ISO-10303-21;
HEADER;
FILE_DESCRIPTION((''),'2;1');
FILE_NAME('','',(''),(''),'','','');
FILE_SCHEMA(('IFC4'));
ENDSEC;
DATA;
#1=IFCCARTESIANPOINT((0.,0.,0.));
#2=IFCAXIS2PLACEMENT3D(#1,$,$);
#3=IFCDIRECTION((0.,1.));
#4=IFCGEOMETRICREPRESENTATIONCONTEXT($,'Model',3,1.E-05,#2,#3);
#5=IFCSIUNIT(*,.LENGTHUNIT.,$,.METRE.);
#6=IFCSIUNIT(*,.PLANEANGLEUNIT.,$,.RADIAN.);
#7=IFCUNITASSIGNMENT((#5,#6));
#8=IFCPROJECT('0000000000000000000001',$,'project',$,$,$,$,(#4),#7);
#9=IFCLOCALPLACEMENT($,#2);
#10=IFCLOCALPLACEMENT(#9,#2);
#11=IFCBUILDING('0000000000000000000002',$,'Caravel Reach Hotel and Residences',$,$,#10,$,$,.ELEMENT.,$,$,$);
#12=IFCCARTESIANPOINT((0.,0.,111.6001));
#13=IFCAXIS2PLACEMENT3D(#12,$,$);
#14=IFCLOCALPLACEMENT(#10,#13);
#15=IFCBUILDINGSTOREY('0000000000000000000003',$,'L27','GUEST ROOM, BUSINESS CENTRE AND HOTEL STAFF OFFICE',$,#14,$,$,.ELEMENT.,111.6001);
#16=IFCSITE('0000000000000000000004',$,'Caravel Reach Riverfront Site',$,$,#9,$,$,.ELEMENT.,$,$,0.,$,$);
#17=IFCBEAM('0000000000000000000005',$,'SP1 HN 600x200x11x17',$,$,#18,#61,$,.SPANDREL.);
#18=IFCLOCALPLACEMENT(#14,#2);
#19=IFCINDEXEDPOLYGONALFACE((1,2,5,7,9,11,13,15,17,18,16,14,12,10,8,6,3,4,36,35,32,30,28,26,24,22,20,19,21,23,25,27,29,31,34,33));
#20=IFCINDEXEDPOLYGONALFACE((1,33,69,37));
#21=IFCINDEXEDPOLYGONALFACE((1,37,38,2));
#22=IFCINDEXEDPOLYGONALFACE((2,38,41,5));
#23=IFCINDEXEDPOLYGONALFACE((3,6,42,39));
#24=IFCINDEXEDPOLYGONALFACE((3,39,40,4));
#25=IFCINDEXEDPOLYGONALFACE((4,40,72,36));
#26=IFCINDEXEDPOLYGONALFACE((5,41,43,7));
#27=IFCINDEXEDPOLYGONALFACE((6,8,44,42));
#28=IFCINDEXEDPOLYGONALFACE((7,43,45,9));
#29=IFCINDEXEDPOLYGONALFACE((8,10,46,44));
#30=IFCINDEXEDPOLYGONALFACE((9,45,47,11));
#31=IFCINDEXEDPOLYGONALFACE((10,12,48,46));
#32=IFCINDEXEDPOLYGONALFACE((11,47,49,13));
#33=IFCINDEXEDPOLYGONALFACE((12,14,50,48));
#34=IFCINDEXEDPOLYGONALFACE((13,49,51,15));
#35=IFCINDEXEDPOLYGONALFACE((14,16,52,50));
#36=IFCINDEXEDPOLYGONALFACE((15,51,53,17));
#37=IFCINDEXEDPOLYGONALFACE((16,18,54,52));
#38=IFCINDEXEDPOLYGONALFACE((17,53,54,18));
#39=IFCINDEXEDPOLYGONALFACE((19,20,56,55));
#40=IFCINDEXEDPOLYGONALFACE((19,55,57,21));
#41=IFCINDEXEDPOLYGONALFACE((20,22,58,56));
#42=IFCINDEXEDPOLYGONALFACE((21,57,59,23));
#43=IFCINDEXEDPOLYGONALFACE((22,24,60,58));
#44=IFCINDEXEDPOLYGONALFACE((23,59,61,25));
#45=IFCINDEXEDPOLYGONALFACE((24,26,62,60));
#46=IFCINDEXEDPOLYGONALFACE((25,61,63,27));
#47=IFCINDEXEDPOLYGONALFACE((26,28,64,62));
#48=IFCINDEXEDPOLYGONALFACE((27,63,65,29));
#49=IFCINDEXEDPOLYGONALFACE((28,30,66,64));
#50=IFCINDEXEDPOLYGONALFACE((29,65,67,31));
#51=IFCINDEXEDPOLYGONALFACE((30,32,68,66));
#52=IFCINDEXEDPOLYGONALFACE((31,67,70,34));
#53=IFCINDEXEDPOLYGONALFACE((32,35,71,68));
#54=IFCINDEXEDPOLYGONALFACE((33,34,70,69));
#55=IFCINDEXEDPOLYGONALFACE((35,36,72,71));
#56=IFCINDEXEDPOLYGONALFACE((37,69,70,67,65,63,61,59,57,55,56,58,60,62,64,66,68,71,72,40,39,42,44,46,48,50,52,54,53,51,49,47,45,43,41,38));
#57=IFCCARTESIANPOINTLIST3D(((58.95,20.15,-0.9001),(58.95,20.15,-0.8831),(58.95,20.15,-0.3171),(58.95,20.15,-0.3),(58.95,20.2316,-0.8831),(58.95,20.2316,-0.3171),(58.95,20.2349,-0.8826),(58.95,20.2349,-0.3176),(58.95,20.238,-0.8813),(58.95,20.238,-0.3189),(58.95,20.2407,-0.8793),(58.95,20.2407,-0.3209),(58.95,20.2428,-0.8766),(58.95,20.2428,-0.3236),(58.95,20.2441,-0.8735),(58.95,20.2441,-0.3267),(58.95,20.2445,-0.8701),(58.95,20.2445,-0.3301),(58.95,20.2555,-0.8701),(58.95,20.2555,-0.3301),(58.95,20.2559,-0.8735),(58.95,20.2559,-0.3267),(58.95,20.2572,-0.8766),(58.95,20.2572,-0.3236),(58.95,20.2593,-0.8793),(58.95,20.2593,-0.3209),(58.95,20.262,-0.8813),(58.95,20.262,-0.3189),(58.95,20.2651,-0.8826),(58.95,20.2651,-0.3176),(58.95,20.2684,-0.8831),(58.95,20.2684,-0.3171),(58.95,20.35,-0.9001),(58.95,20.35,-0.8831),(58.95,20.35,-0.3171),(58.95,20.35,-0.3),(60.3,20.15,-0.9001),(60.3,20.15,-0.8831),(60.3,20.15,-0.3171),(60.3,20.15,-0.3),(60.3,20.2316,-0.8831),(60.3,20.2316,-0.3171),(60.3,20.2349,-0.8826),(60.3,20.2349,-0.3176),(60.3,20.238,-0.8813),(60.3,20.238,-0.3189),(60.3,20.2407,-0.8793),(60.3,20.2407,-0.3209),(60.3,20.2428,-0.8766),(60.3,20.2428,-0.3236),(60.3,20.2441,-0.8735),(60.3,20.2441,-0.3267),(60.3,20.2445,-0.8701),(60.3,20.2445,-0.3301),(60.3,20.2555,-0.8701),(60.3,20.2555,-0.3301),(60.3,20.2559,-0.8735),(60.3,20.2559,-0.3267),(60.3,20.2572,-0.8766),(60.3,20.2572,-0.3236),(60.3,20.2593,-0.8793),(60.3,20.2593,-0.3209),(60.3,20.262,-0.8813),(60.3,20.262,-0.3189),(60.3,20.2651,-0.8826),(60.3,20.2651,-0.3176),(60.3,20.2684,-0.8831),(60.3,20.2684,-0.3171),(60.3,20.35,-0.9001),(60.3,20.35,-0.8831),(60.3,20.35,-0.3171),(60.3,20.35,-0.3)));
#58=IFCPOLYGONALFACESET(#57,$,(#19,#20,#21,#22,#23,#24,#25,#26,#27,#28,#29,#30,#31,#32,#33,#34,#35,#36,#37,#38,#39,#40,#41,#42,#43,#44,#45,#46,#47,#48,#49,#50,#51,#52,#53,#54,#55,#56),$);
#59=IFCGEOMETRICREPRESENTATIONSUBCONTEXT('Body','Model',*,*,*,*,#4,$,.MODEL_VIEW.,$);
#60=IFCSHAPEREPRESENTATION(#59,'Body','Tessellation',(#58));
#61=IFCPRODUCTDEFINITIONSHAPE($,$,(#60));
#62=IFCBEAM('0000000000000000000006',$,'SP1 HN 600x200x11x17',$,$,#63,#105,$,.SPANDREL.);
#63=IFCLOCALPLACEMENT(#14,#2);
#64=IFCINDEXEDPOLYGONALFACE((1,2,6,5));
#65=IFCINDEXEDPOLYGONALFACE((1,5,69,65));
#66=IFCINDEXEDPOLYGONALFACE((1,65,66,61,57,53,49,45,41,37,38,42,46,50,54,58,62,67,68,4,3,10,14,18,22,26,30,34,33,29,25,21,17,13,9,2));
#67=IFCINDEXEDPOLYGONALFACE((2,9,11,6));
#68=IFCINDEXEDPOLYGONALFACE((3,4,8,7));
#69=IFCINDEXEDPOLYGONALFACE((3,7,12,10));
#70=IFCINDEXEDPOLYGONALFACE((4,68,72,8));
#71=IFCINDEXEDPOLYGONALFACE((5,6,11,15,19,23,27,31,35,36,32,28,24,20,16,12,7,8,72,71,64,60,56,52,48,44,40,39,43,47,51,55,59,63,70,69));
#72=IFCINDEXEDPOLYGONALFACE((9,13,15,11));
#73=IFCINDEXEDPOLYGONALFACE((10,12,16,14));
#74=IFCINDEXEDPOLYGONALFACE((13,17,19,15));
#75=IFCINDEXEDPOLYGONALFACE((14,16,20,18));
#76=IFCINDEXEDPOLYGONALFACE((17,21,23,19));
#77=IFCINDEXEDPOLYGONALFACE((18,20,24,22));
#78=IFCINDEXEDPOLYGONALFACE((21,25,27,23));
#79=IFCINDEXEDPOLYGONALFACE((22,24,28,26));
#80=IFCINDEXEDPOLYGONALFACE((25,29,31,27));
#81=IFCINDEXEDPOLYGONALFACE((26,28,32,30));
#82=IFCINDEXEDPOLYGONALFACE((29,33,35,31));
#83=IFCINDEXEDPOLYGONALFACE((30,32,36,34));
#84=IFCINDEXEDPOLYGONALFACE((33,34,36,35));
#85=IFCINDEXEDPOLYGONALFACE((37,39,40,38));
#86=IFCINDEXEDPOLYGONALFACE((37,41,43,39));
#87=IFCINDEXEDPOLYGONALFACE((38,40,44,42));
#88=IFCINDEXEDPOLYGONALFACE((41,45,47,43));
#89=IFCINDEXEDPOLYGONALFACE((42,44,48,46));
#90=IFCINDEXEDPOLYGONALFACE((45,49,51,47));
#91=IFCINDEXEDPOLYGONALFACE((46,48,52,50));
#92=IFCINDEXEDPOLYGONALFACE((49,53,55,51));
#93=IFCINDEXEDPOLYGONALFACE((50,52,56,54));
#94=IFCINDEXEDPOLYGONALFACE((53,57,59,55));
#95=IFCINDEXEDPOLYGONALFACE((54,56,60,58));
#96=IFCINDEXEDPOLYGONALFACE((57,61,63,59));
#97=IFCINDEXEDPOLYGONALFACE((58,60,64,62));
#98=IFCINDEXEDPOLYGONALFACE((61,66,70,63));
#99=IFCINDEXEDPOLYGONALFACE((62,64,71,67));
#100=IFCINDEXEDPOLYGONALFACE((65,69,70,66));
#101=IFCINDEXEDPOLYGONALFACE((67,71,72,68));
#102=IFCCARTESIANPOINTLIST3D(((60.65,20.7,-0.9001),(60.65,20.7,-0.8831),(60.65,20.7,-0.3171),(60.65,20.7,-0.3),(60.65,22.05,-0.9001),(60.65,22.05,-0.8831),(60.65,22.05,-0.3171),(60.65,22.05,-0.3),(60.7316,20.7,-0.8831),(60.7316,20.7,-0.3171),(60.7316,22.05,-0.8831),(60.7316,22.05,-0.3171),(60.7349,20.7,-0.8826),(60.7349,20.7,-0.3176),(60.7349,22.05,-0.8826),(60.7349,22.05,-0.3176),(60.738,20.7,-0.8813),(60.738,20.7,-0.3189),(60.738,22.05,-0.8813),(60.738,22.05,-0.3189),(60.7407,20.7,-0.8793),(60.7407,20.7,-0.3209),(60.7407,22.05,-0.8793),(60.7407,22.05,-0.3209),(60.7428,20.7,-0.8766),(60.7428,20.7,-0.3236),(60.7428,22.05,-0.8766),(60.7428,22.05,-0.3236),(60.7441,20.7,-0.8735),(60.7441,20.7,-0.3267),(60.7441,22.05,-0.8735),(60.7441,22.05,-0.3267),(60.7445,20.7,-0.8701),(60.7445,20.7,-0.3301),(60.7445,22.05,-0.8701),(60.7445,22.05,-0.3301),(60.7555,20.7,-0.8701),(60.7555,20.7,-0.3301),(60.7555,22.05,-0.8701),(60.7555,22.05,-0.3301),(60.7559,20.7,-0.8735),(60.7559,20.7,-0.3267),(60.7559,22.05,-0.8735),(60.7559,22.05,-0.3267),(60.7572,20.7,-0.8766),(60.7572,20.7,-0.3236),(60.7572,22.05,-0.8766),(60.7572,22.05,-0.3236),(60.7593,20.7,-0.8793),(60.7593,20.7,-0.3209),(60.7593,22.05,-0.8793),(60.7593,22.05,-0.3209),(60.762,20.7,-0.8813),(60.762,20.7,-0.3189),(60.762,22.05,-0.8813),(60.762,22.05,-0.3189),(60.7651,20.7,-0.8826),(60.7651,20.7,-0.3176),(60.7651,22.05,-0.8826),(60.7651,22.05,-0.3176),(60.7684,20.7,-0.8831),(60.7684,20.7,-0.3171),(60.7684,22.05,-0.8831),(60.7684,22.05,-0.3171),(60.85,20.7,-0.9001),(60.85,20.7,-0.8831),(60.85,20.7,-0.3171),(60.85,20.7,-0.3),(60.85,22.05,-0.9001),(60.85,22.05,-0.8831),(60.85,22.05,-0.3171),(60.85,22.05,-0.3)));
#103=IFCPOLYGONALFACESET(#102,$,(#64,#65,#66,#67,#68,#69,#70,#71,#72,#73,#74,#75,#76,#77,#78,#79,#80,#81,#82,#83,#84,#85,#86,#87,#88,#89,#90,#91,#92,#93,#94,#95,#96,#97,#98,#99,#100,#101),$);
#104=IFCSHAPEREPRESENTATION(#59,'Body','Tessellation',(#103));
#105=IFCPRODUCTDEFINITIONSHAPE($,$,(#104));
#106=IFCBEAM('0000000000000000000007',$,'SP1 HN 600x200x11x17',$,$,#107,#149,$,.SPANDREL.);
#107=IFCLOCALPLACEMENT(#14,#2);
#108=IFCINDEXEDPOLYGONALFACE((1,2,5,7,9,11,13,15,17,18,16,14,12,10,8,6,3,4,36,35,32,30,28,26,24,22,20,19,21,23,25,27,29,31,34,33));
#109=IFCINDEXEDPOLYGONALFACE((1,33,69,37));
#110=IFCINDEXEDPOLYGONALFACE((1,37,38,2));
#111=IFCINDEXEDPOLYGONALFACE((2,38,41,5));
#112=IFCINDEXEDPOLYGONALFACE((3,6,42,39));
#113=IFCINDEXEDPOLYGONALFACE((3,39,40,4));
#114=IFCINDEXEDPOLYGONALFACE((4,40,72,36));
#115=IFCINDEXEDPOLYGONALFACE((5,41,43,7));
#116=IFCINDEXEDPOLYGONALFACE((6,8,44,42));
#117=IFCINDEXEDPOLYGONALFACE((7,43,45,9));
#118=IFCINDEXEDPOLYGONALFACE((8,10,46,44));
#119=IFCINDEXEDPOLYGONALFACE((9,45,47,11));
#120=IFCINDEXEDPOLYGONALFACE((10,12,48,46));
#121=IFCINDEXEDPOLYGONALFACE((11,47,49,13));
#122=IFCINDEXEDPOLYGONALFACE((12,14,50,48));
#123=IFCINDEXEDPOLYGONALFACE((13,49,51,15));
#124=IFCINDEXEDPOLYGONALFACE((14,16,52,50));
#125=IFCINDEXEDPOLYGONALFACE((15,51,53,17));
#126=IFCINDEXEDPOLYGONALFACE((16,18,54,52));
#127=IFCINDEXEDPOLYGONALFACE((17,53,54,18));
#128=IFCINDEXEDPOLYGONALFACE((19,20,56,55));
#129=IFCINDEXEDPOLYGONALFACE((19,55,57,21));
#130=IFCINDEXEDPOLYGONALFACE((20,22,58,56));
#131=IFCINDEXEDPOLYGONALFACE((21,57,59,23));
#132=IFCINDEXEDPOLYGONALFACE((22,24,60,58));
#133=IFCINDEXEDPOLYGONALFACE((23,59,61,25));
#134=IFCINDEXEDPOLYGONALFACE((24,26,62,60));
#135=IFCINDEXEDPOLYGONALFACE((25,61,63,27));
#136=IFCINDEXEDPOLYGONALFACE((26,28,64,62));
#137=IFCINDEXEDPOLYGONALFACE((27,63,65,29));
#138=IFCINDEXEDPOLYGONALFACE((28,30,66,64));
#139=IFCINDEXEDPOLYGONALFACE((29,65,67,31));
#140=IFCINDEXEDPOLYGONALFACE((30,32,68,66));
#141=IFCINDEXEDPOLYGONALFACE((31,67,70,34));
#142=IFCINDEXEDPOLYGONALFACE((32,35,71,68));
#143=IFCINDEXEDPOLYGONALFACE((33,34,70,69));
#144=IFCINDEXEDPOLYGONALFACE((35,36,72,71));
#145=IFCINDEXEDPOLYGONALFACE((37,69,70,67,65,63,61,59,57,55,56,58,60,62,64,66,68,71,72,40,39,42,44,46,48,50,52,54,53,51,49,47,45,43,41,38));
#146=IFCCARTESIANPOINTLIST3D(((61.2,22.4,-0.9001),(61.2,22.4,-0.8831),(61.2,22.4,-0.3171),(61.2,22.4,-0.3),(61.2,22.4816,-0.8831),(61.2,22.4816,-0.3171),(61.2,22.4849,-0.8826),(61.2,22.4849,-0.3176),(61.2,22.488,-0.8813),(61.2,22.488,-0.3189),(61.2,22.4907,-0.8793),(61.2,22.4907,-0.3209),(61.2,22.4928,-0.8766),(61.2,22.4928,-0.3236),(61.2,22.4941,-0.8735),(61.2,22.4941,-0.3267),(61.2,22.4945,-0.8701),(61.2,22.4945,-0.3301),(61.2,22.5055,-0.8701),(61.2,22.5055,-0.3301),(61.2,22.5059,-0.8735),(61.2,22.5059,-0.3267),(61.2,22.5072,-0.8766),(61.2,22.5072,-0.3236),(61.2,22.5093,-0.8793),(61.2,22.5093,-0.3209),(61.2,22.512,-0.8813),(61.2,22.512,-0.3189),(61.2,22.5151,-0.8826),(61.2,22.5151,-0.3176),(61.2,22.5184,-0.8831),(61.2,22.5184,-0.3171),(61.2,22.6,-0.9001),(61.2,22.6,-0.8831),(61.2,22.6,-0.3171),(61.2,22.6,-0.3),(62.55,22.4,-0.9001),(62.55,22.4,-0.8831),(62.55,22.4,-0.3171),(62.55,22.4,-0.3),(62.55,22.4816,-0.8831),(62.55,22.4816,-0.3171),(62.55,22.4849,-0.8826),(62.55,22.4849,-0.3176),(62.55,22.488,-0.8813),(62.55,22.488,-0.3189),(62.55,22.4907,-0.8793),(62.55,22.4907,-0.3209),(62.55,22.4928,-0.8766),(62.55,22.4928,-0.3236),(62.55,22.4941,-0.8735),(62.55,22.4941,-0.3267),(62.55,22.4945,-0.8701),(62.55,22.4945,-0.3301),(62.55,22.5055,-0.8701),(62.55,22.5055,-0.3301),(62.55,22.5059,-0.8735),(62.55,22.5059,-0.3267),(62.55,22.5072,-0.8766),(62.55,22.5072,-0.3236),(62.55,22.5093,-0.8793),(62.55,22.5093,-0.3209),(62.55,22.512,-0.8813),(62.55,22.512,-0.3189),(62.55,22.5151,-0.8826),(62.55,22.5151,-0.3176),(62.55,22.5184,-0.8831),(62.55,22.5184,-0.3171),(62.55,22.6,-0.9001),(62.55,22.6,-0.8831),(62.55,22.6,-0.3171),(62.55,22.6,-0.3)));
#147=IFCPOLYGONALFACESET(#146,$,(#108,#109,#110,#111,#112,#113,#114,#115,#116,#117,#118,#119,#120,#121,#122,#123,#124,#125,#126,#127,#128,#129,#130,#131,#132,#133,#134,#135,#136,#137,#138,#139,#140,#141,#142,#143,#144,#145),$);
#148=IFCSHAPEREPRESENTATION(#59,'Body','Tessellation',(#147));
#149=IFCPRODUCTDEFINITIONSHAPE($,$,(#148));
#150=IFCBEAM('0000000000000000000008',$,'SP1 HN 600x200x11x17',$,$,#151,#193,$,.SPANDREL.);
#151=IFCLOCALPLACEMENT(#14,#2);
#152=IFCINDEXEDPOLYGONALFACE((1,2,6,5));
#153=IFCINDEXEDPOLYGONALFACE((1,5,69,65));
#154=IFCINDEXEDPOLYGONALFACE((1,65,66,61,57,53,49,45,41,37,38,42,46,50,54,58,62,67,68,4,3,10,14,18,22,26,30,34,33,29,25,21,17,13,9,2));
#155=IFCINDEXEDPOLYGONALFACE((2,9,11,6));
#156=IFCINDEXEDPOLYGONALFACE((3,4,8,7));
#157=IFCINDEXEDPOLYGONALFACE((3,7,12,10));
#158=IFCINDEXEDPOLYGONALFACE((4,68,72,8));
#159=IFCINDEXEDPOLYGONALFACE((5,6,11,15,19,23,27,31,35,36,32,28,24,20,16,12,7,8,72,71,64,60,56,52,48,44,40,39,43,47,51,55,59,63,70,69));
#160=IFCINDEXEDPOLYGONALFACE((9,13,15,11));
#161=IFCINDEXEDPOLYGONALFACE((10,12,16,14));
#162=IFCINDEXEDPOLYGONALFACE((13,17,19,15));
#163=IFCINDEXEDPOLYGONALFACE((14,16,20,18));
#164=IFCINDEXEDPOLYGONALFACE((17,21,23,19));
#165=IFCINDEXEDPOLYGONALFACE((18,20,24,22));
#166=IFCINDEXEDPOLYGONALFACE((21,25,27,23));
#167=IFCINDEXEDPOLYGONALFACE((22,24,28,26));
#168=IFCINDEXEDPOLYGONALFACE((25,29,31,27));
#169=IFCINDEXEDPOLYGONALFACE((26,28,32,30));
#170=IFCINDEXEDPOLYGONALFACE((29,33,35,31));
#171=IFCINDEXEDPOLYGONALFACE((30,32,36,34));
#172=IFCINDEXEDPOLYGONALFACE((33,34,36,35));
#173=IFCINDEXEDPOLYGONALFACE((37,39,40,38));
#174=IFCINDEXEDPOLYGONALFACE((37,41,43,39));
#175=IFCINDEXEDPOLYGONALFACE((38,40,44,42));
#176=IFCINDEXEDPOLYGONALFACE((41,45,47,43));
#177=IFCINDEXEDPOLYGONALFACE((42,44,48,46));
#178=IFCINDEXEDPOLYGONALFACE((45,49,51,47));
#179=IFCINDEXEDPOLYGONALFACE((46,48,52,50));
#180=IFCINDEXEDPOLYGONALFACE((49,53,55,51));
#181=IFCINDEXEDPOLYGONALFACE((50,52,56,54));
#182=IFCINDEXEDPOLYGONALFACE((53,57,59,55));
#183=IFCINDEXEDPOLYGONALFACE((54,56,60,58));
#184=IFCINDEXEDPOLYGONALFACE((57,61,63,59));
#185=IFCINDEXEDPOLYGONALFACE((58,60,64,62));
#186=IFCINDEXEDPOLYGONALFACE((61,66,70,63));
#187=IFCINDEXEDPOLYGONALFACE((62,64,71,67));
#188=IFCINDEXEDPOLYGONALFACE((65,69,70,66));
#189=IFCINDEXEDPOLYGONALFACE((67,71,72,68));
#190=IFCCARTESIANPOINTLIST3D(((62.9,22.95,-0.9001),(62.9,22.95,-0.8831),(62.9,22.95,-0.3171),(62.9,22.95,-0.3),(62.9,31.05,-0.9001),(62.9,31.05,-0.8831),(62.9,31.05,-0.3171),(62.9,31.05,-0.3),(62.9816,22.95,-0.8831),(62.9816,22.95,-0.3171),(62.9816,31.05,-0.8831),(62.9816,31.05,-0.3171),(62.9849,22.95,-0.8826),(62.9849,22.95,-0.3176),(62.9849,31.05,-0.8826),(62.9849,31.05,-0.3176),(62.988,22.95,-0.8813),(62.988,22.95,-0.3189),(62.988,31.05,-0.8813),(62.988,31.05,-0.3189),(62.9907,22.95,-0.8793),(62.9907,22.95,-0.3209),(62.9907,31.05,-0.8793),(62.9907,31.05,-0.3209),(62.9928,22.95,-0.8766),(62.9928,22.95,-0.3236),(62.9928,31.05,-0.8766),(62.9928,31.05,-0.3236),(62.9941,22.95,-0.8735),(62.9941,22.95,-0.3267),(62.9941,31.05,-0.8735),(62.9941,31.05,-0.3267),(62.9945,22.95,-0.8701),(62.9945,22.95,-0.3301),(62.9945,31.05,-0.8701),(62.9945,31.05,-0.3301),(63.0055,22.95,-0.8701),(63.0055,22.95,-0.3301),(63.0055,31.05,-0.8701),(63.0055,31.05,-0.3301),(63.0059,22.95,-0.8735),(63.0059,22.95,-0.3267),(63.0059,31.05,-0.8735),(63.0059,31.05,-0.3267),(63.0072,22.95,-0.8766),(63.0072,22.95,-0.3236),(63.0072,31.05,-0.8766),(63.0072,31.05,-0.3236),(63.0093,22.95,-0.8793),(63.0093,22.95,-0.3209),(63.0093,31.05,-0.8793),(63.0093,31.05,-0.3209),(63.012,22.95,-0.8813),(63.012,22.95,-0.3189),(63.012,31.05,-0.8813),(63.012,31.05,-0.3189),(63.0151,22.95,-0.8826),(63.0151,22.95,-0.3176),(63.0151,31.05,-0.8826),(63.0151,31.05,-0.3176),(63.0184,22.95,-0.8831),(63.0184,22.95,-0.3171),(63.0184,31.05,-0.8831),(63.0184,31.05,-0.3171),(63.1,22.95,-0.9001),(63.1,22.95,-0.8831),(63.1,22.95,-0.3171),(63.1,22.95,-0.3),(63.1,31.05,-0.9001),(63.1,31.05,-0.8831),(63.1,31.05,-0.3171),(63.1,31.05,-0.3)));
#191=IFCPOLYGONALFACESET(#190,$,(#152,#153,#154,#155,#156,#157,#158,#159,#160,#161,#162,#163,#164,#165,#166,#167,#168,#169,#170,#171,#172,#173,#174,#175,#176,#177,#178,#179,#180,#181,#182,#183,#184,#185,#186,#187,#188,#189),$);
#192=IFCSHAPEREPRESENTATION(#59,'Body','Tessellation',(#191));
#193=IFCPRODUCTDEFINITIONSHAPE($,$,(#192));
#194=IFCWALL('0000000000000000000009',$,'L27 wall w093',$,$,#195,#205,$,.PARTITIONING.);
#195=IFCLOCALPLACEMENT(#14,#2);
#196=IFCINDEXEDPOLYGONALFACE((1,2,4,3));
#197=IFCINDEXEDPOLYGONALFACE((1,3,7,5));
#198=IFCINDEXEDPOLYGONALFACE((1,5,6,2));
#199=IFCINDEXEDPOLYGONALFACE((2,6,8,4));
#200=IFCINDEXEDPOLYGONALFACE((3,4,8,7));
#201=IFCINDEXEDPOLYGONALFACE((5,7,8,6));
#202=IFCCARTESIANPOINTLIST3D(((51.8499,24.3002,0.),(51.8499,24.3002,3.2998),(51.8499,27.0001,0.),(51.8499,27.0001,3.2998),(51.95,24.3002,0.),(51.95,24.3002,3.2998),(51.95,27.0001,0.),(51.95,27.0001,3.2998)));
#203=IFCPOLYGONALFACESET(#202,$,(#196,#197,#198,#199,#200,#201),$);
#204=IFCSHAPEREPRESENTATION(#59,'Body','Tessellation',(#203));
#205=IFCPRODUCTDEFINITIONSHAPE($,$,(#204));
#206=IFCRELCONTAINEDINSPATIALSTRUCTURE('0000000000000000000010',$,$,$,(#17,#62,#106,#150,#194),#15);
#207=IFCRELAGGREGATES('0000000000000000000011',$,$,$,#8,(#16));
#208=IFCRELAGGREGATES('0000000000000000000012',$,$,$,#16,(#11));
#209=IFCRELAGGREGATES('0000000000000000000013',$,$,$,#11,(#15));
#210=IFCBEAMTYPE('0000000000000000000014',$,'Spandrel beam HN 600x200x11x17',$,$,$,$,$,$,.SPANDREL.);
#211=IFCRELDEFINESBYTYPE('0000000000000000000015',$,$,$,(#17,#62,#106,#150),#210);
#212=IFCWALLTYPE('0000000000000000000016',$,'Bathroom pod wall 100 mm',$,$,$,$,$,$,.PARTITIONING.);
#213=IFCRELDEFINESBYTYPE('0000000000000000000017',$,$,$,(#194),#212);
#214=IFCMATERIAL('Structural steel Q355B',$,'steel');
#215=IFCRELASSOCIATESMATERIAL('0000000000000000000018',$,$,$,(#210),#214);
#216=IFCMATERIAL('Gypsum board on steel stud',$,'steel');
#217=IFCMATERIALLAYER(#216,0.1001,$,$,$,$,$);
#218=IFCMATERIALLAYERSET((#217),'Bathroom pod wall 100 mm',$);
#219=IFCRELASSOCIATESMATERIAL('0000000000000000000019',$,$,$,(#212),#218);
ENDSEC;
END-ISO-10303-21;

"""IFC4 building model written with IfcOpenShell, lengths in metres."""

from ifc_helpers import new_model, si_unit, direction, frame, frame_2d, origin, origin_2d, place, context, subcontext, project, spatial, rectangle, i_section, extrude, material, layer, layer_set, material_profile, profile_set, type_object, element, save


model = new_model("IFC4")

# Units and contexts
model_context = context("Model", 3, precision=1e-05, world=origin(), true_north=direction((0.0, 1.0)))
body_context = subcontext(model_context, "Body", "Model", "MODEL_VIEW")
ifc_project = project(units=[si_unit("LENGTHUNIT", "METRE"), si_unit("PLANEANGLEUNIT", "RADIAN")], contexts=[model_context])

# Site, building, storey
site_placement = place(None, origin())
site = spatial("IfcSite", under=ifc_project, at=site_placement, Name="Caravel Reach Riverfront Site", CompositionType="ELEMENT", RefElevation=0.0)
building_placement = place(site_placement, origin())
building = spatial("IfcBuilding", under=site, at=building_placement, Name="Caravel Reach Hotel and Residences", CompositionType="ELEMENT")
storey_placement = place(building_placement, frame((0.0, 0.0, 111.6001)))
storey = spatial("IfcBuildingStorey", under=building, at=storey_placement, Name="L27", Description="GUEST ROOM, BUSINESS CENTRE AND HOTEL STAFF OFFICE", CompositionType="ELEMENT", Elevation=111.6001)

# Beams
ifc_material_1 = material(Name="Structural steel Q355B", Category="steel")
ifc_material_profile_1 = material_profile(ifc_material_1, i_section(OverallWidth=0.2, OverallDepth=0.6001, WebThickness=0.011, FlangeThickness=0.0171, FilletRadius=0.0129, at=origin_2d()), Name="HN 600x200x11x17")
ifc_profile_set_1 = profile_set([ifc_material_profile_1], Name="Structural steel Q355B")
beam_type = type_object("IfcBeamType", Name="Spandrel beam HN 600x200x11x17", PredefinedType="SPANDREL", material=ifc_profile_set_1)
for number, where, z_axis, x_axis, name in (
    (1, (58.95, 20.25, -0.6001), (1.0, 0.0, 0.0), (0.0, 1.0, 0.0), "SP1 HN 600x200x11x17"),
    (2, (60.75, 20.7, -0.6001), (0.0, 1.0, 0.0), (-1.0, 0.0, 0.0), "SP1 HN 600x200x11x17"),
    (3, (61.2, 22.5, -0.6001), (1.0, 0.0, 0.0), (0.0, 1.0, 0.0), "SP1 HN 600x200x11x17"),
):
    element("IfcBeam", number, at=place(storey_placement, frame(where, z_axis=z_axis, x_axis=x_axis)), inside=storey, type_object=beam_type, Name=name, PredefinedType="SPANDREL", context=body_context, shape_type="SweptSolid", body=[
        extrude(i_section(OverallWidth=0.2, OverallDepth=0.6001, WebThickness=0.011, FlangeThickness=0.0171, FilletRadius=0.0129, at=origin_2d()), origin(), (0.0, 0.0, 1.0), 1.3501),
    ])
beam_1_placement = place(storey_placement, frame((63.0, 22.95, -0.6001), z_axis=(0.0, 1.0, 0.0), x_axis=(-1.0, 0.0, 0.0)))
element("IfcBeam", 4, at=beam_1_placement, inside=storey, type_object=beam_type, Name="SP1 HN 600x200x11x17", PredefinedType="SPANDREL", context=body_context, shape_type="SweptSolid", body=[
    extrude(i_section(OverallWidth=0.2, OverallDepth=0.6001, WebThickness=0.011, FlangeThickness=0.0171, FilletRadius=0.0129, at=origin_2d()), origin(), (0.0, 0.0, 1.0), 8.1001),
])

# Wall
ifc_material_2 = material(Name="Gypsum board on steel stud", Category="steel")
ifc_layer_1 = layer(ifc_material_2, 0.1001)
ifc_layer_set_1 = layer_set([ifc_layer_1], Name="Bathroom pod wall 100 mm")
wall_type_1 = type_object("IfcWallType", Name="Bathroom pod wall 100 mm", PredefinedType="PARTITIONING", material=ifc_layer_set_1)
wall_1_placement = place(storey_placement, frame((51.8999, 24.3, 0.0), z_axis=(0.0, 0.0, 1.0), x_axis=(0.0, 1.0, 0.0)))
element("IfcWall", 5, at=wall_1_placement, inside=storey, type_object=wall_type_1, Name="L27 wall w093", PredefinedType="PARTITIONING", context=body_context, shape_type="SweptSolid", body=[
    extrude(rectangle(XDim=2.7, YDim=0.1001, at=frame_2d((1.3501, 0.0))), origin(), (0.0, 0.0, 1.0), 3.2998),
])

save(model, "model.ifc")
